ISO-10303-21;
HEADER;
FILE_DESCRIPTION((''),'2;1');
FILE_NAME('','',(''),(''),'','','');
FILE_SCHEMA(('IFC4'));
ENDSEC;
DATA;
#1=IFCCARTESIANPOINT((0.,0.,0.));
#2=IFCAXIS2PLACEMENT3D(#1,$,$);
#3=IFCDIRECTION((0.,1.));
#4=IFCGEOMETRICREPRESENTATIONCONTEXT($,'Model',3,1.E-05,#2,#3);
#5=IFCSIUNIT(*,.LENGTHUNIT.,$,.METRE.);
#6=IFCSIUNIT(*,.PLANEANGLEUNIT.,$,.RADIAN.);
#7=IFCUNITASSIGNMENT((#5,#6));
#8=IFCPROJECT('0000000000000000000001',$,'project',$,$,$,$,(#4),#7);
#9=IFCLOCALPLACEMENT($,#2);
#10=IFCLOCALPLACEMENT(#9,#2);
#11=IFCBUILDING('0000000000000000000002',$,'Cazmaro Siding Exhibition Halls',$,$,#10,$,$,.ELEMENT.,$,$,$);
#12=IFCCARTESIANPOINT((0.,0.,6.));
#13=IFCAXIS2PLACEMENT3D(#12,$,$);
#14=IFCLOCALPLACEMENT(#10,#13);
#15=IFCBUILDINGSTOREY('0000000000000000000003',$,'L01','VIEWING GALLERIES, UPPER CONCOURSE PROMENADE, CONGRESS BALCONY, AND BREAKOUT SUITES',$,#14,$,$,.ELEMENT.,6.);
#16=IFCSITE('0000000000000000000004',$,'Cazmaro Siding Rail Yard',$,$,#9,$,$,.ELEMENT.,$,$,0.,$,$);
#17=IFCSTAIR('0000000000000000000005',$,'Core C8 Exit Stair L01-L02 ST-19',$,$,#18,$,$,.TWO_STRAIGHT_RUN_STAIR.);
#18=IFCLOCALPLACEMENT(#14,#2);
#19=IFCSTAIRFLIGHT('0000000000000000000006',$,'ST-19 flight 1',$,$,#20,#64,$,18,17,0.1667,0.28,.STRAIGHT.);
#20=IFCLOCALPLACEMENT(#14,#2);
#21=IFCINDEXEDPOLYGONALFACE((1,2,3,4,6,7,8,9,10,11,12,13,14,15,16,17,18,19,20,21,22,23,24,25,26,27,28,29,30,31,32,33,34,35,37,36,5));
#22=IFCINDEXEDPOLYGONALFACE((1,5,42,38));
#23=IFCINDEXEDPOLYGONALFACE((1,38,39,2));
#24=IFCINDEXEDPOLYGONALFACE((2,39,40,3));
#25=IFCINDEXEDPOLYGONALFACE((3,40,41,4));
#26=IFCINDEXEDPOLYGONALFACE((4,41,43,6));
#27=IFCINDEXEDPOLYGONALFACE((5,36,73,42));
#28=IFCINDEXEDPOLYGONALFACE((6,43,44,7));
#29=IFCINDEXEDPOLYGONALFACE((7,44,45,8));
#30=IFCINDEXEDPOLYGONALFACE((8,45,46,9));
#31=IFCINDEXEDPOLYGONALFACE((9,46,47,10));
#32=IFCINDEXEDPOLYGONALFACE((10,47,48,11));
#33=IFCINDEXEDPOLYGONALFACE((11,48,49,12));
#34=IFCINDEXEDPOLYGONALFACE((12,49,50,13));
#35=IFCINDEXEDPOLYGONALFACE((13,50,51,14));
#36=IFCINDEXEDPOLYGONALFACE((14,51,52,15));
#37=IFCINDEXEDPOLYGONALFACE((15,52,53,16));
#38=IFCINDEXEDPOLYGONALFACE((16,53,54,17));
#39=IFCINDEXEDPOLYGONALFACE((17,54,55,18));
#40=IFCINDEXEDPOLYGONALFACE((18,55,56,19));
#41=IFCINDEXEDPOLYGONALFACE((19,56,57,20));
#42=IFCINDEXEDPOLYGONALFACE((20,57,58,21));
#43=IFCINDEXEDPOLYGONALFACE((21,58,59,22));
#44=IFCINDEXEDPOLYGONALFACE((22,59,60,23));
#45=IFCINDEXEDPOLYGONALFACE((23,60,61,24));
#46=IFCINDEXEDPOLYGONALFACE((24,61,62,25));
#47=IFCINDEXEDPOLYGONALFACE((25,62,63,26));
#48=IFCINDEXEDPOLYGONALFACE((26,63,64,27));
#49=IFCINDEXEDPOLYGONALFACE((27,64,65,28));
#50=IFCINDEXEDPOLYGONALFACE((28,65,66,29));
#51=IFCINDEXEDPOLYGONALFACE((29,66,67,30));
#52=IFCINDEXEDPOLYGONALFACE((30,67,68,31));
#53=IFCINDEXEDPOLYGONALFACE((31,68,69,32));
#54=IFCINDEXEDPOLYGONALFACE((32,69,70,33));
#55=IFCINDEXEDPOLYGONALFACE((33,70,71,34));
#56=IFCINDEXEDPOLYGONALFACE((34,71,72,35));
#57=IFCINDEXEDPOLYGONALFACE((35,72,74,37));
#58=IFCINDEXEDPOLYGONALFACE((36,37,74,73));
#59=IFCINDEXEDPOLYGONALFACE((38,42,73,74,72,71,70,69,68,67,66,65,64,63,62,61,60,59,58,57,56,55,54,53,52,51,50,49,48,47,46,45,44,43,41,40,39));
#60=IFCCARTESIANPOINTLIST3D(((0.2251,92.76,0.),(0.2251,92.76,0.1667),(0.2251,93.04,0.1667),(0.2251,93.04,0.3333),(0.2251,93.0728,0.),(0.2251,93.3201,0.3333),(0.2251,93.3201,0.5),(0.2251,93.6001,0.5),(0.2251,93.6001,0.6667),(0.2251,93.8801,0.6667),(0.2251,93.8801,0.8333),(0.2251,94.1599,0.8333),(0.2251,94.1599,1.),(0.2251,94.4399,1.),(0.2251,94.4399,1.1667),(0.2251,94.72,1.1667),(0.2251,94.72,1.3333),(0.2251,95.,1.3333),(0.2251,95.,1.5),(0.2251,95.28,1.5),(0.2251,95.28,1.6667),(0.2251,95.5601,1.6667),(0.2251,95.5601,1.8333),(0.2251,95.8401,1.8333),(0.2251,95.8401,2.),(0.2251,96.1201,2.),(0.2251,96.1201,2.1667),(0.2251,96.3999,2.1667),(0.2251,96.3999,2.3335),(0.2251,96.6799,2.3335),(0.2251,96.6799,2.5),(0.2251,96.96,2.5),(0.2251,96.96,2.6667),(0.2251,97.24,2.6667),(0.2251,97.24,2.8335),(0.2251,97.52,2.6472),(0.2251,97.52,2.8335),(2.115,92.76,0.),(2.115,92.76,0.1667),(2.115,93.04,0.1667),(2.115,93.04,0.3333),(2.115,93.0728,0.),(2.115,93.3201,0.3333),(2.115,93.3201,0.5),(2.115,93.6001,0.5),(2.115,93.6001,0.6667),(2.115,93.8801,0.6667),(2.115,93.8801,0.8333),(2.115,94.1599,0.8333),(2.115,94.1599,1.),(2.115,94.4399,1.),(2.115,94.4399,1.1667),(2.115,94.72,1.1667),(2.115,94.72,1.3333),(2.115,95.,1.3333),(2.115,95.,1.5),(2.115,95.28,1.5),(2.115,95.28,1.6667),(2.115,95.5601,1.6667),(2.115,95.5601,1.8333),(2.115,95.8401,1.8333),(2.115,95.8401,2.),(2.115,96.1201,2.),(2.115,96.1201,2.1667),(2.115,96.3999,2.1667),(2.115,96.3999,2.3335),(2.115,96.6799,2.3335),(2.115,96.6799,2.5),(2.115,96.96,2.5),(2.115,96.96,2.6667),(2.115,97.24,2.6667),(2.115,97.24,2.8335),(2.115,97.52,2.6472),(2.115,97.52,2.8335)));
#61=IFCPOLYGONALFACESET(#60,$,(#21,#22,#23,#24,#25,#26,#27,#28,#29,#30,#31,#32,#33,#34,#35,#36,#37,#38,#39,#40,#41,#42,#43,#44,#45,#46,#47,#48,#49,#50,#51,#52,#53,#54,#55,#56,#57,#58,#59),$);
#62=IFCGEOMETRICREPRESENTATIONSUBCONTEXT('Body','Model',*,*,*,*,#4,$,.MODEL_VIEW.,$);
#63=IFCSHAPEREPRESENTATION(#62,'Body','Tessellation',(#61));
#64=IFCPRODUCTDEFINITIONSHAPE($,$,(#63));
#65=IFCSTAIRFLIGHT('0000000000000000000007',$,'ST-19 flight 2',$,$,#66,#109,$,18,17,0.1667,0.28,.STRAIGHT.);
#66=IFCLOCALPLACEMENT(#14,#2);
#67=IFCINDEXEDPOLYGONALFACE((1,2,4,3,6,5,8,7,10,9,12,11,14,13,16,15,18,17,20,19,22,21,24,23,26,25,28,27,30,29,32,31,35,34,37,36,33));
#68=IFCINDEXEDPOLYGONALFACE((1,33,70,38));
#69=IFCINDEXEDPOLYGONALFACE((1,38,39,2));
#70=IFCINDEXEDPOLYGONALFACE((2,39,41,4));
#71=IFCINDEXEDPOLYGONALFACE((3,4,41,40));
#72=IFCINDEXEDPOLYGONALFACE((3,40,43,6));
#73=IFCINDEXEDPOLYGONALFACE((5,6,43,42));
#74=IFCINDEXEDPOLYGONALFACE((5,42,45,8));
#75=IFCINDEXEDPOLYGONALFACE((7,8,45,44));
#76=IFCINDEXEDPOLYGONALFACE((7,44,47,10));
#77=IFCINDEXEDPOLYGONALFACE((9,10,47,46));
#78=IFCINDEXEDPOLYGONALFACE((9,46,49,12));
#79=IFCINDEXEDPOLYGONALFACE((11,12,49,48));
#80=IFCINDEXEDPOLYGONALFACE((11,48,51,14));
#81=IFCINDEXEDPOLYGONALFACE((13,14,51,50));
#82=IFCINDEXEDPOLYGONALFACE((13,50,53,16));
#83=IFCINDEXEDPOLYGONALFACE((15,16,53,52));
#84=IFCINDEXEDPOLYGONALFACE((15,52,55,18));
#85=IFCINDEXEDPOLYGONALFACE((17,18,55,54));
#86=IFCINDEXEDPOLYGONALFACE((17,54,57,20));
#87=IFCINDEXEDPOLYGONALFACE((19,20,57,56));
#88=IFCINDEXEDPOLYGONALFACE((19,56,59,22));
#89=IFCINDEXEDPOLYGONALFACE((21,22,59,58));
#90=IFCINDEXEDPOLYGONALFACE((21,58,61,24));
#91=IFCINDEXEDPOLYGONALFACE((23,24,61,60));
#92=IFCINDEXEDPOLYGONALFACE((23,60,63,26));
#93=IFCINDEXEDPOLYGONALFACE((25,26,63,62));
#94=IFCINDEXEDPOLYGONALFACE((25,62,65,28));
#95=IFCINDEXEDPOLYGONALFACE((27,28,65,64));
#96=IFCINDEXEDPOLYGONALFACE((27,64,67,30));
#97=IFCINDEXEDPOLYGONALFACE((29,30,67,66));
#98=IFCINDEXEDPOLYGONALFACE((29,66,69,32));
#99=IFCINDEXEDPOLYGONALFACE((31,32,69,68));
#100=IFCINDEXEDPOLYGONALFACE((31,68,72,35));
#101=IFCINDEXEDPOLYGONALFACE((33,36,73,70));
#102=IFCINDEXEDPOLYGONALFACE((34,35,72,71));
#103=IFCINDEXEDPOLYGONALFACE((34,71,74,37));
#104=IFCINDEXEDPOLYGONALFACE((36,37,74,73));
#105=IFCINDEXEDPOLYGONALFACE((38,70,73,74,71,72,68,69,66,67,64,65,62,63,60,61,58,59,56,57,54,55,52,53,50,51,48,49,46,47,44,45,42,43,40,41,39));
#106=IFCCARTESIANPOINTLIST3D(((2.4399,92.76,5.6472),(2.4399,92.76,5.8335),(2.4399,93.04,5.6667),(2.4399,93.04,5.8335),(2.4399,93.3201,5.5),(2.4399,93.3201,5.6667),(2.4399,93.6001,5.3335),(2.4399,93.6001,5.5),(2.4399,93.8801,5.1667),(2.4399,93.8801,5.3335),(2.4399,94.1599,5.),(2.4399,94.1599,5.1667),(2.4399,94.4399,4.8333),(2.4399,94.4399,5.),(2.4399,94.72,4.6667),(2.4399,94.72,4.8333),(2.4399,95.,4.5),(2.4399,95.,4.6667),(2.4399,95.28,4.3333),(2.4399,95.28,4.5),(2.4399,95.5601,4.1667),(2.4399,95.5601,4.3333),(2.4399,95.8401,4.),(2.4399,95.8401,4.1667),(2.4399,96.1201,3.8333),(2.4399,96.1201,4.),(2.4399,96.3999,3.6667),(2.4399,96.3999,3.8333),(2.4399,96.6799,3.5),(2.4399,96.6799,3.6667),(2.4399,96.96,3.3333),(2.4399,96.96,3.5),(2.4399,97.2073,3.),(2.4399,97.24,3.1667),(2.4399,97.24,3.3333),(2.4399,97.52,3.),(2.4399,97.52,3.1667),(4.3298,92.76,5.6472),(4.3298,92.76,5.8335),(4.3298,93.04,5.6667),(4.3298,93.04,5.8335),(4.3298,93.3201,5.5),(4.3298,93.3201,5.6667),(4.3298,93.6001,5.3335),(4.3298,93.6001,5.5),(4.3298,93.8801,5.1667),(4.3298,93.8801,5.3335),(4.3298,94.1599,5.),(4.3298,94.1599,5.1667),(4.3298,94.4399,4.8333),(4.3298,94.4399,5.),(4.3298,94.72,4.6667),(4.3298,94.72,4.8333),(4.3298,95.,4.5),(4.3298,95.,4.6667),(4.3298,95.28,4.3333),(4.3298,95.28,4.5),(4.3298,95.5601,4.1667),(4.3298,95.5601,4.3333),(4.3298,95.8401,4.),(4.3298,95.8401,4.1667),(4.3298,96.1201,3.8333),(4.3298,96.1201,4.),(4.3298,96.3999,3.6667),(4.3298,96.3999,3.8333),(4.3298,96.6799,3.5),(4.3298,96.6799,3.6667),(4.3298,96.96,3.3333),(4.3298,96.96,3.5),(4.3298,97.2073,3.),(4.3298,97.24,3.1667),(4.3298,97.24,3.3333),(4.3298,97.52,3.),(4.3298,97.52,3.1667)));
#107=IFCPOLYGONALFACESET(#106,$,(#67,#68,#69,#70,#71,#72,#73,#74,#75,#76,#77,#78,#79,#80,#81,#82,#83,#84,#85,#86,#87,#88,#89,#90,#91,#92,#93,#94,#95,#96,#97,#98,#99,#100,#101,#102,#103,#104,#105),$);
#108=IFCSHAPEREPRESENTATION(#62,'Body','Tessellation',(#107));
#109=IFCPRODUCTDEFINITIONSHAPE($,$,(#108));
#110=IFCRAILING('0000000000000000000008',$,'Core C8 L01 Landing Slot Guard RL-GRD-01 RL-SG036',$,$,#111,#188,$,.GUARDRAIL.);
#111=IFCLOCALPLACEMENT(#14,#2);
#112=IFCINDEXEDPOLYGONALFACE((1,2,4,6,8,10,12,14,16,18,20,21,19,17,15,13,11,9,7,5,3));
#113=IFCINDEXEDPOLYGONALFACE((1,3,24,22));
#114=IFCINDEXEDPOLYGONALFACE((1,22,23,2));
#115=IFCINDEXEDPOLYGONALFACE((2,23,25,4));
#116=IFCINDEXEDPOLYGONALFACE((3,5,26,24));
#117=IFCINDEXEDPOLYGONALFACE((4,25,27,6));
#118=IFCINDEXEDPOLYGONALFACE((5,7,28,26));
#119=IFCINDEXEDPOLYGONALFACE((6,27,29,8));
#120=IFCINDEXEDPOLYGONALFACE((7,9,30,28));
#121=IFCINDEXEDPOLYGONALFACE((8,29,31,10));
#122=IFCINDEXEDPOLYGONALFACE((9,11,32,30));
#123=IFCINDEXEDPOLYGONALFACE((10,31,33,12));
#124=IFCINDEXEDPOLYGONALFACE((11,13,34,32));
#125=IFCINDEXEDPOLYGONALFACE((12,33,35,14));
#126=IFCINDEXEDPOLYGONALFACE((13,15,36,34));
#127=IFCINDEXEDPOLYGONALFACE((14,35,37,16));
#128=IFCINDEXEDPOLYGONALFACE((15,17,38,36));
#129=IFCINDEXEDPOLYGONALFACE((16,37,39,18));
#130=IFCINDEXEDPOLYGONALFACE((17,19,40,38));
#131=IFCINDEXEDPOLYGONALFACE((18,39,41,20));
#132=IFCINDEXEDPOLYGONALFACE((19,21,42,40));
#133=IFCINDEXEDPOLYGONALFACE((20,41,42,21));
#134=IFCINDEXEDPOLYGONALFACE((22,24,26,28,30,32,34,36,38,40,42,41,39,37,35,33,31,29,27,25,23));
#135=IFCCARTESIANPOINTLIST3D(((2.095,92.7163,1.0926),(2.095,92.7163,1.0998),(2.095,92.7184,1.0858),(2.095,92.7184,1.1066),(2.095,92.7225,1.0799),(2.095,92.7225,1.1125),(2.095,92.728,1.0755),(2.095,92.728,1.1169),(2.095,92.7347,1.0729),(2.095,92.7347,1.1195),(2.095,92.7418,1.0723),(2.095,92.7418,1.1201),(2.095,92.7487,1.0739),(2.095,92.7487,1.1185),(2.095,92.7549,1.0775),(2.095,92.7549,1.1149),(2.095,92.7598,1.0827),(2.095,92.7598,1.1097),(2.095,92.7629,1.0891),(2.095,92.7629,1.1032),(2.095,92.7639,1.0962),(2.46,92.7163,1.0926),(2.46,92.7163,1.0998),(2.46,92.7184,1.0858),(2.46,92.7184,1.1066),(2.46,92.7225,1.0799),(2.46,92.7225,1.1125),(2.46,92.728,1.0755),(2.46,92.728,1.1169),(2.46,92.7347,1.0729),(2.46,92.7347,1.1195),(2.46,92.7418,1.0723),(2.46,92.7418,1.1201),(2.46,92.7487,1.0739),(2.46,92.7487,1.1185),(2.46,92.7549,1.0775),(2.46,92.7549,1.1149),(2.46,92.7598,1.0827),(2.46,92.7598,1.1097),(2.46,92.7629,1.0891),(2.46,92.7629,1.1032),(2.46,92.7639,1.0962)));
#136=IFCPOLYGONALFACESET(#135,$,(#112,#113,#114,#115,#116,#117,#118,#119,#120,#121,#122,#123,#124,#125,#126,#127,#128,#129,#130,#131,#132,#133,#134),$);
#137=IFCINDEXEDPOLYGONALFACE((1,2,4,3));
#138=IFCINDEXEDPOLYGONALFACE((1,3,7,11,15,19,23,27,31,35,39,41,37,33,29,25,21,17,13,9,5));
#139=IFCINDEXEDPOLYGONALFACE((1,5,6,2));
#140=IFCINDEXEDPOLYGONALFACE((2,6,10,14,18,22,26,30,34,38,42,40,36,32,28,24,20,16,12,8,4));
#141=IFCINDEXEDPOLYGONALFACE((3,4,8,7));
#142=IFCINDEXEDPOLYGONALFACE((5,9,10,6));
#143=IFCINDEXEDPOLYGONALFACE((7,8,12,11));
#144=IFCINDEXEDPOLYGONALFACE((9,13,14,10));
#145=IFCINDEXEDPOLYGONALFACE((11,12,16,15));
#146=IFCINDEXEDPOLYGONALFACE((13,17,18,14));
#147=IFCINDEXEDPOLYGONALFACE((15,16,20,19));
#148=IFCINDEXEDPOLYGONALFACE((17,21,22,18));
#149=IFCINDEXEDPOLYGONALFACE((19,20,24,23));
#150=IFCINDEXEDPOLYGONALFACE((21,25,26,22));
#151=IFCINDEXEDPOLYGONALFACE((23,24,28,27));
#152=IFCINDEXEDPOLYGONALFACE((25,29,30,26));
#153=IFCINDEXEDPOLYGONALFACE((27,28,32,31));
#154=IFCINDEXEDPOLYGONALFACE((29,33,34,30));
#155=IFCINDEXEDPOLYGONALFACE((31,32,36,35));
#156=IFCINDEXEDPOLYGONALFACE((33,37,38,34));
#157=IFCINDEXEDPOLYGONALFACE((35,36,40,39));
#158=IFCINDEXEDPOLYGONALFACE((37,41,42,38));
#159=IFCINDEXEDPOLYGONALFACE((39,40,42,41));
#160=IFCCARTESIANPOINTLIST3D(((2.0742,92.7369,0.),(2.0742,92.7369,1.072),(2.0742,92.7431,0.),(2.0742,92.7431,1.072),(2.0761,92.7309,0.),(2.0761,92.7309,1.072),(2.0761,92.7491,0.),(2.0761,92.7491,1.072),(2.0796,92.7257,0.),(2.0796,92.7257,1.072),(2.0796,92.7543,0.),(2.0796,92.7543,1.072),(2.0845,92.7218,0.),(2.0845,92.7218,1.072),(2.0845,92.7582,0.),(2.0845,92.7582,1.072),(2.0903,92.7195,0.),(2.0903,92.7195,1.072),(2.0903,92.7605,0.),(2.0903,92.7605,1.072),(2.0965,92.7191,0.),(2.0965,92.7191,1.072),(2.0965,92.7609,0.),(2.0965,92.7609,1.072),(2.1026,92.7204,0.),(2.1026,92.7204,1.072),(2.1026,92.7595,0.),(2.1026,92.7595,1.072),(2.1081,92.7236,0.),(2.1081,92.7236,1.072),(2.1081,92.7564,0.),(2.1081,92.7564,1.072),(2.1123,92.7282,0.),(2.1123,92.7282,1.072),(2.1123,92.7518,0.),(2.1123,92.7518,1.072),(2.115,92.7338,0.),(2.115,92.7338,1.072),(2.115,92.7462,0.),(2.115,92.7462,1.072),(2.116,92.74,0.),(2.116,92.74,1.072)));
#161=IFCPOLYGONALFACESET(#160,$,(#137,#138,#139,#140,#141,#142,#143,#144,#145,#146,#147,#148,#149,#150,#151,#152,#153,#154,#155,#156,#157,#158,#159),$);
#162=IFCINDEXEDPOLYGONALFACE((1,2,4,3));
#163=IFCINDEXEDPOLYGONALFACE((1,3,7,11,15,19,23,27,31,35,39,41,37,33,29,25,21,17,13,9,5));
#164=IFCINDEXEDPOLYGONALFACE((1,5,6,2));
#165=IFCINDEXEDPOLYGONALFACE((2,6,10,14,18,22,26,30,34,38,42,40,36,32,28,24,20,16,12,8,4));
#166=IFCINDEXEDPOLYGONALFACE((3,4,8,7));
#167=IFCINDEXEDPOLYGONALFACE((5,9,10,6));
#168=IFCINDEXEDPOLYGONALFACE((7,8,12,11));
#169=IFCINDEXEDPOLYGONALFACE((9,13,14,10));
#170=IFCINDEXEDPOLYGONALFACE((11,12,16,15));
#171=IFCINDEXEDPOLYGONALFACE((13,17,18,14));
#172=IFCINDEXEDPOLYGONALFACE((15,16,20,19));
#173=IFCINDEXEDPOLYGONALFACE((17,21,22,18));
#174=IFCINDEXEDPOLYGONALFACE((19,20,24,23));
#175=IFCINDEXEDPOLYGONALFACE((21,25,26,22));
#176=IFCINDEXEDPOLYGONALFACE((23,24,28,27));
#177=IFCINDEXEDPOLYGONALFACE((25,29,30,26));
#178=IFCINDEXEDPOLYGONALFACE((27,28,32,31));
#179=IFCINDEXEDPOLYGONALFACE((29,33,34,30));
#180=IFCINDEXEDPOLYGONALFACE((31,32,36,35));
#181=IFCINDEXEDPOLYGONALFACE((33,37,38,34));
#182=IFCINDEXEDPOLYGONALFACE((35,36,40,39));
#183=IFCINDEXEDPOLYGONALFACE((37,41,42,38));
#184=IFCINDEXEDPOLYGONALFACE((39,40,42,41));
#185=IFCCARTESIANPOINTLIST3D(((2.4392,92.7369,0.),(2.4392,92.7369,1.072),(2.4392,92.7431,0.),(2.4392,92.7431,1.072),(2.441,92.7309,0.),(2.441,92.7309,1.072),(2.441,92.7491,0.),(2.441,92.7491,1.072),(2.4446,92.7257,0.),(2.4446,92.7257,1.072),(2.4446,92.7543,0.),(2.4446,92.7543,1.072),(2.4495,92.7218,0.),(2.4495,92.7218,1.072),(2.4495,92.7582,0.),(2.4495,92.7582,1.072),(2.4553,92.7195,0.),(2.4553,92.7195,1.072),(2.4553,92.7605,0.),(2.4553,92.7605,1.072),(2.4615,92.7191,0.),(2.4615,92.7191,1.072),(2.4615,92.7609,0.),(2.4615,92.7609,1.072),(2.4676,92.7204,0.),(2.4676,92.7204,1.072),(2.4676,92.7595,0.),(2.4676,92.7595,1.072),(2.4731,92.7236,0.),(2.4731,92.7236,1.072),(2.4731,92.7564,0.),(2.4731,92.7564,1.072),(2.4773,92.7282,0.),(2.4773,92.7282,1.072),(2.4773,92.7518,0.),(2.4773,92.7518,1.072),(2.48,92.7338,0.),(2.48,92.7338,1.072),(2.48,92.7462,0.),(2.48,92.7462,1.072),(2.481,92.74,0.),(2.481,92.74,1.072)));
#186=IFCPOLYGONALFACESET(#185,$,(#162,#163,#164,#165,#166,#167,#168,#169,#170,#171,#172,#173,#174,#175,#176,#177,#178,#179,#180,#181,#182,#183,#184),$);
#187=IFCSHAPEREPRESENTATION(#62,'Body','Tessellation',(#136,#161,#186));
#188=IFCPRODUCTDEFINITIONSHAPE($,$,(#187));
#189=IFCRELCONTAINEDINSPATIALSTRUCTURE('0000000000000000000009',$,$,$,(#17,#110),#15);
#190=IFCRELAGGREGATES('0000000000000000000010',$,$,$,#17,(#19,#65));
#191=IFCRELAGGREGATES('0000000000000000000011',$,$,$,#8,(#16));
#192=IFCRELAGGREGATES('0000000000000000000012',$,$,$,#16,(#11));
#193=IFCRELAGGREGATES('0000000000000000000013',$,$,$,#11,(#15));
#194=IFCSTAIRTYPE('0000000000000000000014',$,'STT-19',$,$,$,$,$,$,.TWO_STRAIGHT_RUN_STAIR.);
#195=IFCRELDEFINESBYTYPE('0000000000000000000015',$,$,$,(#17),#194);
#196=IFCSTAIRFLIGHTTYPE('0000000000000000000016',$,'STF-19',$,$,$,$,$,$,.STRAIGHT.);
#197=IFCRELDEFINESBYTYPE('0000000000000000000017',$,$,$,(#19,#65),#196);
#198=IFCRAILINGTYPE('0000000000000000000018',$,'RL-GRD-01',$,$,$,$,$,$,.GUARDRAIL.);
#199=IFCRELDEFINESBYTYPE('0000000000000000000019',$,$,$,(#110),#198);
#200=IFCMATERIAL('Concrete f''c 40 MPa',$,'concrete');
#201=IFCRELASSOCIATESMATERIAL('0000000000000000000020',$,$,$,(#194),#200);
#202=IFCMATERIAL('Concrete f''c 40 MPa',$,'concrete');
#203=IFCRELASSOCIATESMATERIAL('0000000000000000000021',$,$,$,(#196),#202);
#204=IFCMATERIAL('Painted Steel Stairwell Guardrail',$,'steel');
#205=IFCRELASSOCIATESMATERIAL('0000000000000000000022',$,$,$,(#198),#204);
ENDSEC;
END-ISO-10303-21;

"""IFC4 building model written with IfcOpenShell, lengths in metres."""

from ifc_helpers import new_model, si_unit, direction, frame, origin, origin_2d, place, context, subcontext, project, spatial, polyline, circle, outline, extrude, material, type_object, element, aggregate, save


model = new_model("IFC4")

# Units and contexts
model_context = context("Model", 3, precision=1e-05, world=origin(), true_north=direction((0.0, 1.0)))
body_context = subcontext(model_context, "Body", "Model", "MODEL_VIEW")
ifc_project = project(units=[si_unit("LENGTHUNIT", "METRE"), si_unit("PLANEANGLEUNIT", "RADIAN")], contexts=[model_context])

# Site, building, storey
site_placement = place(None, origin())
site = spatial("IfcSite", under=ifc_project, at=site_placement, Name="Cazmaro Siding Rail Yard", CompositionType="ELEMENT", RefElevation=0.0)
building_placement = place(site_placement, origin())
building = spatial("IfcBuilding", under=site, at=building_placement, Name="Cazmaro Siding Exhibition Halls", CompositionType="ELEMENT")
storey_placement = place(building_placement, frame((0.0, 0.0, 6.0)))
storey = spatial("IfcBuildingStorey", under=building, at=storey_placement, Name="L01", Description="VIEWING GALLERIES, UPPER CONCOURSE PROMENADE, CONGRESS BALCONY, AND BREAKOUT SUITES", CompositionType="ELEMENT", Elevation=6.0)

# Stair, stair flights
ifc_material_1 = material(Name="Concrete f'c 40 MPa", Category="concrete")
stair_type = type_object("IfcStairType", Name="STT-19", PredefinedType="TWO_STRAIGHT_RUN_STAIR", material=ifc_material_1)
stair_placement = place(storey_placement, origin())
stair = element("IfcStair", 1, at=stair_placement, inside=storey, type_object=stair_type, Name="Core C8 Exit Stair L01-L02 ST-19", PredefinedType="TWO_STRAIGHT_RUN_STAIR")
ifc_material_2 = material(Name="Concrete f'c 40 MPa", Category="concrete")
stair_flight_type = type_object("IfcStairFlightType", Name="STF-19", PredefinedType="STRAIGHT", material=ifc_material_2)
stair_flight_1_placement = place(storey_placement, frame((1.1699, 92.76, 0.0), z_axis=(0.0, 0.0, 1.0), x_axis=(0.0, 1.0, 0.0)))
stair_flight_1 = element("IfcStairFlight", 2, at=stair_flight_1_placement, type_object=stair_flight_type, Name="ST-19 flight 1", NumberOfRisers=18, NumberOfTreads=17, PredefinedType="STRAIGHT", RiserHeight=0.1667, TreadLength=0.28, context=body_context, shape_type="SweptSolid", body=[
    extrude(outline(polyline([(0.0, 0.0), (0.0, 0.1667), (0.28, 0.1667), (0.28, 0.3333), (0.5601, 0.3333), (0.5601, 0.5), (0.8401, 0.5), (0.8401, 0.6667), (1.1201, 0.6667), (1.1201, 0.8333), (1.3999, 0.8333), (1.3999, 1.0), (1.6799, 1.0), (1.6799, 1.1667), (1.96, 1.1667), (1.96, 1.3333), (2.24, 1.3333), (2.24, 1.5), (2.52, 1.5), (2.52, 1.6667), (2.8, 1.6667), (2.8, 1.8333), (3.0801, 1.8333), (3.0801, 2.0), (3.3601, 2.0), (3.3601, 2.1667), (3.6399, 2.1667), (3.6399, 2.3335), (3.9199, 2.3335), (3.9199, 2.5), (4.2, 2.5), (4.2, 2.6667), (4.48, 2.6667), (4.48, 2.8335), (4.76, 2.8335), (4.76, 3.0), (4.76, 2.6472), (0.3127, 0.0), (0.0, 0.0)])), frame((0.0, 0.9448, 0.0), z_axis=(0.0, -1.0, 0.0), x_axis=(1.0, 0.0, 0.0)), (0.0, 0.0, 1.0), 1.8899),
])
stair_flight_2_placement = place(storey_placement, frame((3.385, 97.52, 3.0), z_axis=(0.0, 0.0, 1.0), x_axis=(0.0, -1.0, 0.0)))
stair_flight_2 = element("IfcStairFlight", 3, at=stair_flight_2_placement, type_object=stair_flight_type, Name="ST-19 flight 2", NumberOfRisers=18, NumberOfTreads=17, PredefinedType="STRAIGHT", RiserHeight=0.1667, TreadLength=0.28, context=body_context, shape_type="SweptSolid", body=[
    extrude(outline(polyline([(0.0, 0.0), (0.0, 0.1667), (0.28, 0.1667), (0.28, 0.3333), (0.5601, 0.3333), (0.5601, 0.5), (0.8401, 0.5), (0.8401, 0.6667), (1.1201, 0.6667), (1.1201, 0.8333), (1.3999, 0.8333), (1.3999, 1.0), (1.6799, 1.0), (1.6799, 1.1667), (1.96, 1.1667), (1.96, 1.3333), (2.24, 1.3333), (2.24, 1.5), (2.52, 1.5), (2.52, 1.6667), (2.8, 1.6667), (2.8, 1.8333), (3.0801, 1.8333), (3.0801, 2.0), (3.3601, 2.0), (3.3601, 2.1667), (3.6399, 2.1667), (3.6399, 2.3335), (3.9199, 2.3335), (3.9199, 2.5), (4.2, 2.5), (4.2, 2.6667), (4.48, 2.6667), (4.48, 2.8335), (4.76, 2.8335), (4.76, 3.0), (4.76, 2.6472), (0.3127, 0.0), (0.0, 0.0)])), frame((0.0, 0.9448, 0.0), z_axis=(0.0, -1.0, 0.0), x_axis=(1.0, 0.0, 0.0)), (0.0, 0.0, 1.0), 1.8899),
])
aggregate(stair, [stair_flight_1, stair_flight_2])

# Railing
ifc_material_3 = material(Name="Painted Steel Stairwell Guardrail", Category="steel")
railing_type_1 = type_object("IfcRailingType", Name="RL-GRD-01", PredefinedType="GUARDRAIL", material=ifc_material_3)
for number, where, name in (
    (4, (2.095, 92.74, 0.0), "Core C8 L01 Landing Slot Guard RL-GRD-01 RL-SG036"),
):
    element("IfcRailing", number, at=place(storey_placement, frame(where)), inside=storey, type_object=railing_type_1, Name=name, PredefinedType="GUARDRAIL", context=body_context, shape_type="SweptSolid", body=[
        extrude(circle(Radius=0.0239, at=origin_2d()), frame((0.0, 0.0, 1.0962), z_axis=(1.0, 0.0, 0.0), x_axis=(0.0, 1.0, 0.0)), (0.0, 0.0, 1.0), 0.365),
        extrude(circle(Radius=0.021, at=origin_2d()), origin(), (0.0, 0.0, 1.0), 1.072),
        extrude(circle(Radius=0.021, at=origin_2d()), frame((0.365, 0.0, 0.0)), (0.0, 0.0, 1.0), 1.072),
    ])

save(model, "model.ifc")
